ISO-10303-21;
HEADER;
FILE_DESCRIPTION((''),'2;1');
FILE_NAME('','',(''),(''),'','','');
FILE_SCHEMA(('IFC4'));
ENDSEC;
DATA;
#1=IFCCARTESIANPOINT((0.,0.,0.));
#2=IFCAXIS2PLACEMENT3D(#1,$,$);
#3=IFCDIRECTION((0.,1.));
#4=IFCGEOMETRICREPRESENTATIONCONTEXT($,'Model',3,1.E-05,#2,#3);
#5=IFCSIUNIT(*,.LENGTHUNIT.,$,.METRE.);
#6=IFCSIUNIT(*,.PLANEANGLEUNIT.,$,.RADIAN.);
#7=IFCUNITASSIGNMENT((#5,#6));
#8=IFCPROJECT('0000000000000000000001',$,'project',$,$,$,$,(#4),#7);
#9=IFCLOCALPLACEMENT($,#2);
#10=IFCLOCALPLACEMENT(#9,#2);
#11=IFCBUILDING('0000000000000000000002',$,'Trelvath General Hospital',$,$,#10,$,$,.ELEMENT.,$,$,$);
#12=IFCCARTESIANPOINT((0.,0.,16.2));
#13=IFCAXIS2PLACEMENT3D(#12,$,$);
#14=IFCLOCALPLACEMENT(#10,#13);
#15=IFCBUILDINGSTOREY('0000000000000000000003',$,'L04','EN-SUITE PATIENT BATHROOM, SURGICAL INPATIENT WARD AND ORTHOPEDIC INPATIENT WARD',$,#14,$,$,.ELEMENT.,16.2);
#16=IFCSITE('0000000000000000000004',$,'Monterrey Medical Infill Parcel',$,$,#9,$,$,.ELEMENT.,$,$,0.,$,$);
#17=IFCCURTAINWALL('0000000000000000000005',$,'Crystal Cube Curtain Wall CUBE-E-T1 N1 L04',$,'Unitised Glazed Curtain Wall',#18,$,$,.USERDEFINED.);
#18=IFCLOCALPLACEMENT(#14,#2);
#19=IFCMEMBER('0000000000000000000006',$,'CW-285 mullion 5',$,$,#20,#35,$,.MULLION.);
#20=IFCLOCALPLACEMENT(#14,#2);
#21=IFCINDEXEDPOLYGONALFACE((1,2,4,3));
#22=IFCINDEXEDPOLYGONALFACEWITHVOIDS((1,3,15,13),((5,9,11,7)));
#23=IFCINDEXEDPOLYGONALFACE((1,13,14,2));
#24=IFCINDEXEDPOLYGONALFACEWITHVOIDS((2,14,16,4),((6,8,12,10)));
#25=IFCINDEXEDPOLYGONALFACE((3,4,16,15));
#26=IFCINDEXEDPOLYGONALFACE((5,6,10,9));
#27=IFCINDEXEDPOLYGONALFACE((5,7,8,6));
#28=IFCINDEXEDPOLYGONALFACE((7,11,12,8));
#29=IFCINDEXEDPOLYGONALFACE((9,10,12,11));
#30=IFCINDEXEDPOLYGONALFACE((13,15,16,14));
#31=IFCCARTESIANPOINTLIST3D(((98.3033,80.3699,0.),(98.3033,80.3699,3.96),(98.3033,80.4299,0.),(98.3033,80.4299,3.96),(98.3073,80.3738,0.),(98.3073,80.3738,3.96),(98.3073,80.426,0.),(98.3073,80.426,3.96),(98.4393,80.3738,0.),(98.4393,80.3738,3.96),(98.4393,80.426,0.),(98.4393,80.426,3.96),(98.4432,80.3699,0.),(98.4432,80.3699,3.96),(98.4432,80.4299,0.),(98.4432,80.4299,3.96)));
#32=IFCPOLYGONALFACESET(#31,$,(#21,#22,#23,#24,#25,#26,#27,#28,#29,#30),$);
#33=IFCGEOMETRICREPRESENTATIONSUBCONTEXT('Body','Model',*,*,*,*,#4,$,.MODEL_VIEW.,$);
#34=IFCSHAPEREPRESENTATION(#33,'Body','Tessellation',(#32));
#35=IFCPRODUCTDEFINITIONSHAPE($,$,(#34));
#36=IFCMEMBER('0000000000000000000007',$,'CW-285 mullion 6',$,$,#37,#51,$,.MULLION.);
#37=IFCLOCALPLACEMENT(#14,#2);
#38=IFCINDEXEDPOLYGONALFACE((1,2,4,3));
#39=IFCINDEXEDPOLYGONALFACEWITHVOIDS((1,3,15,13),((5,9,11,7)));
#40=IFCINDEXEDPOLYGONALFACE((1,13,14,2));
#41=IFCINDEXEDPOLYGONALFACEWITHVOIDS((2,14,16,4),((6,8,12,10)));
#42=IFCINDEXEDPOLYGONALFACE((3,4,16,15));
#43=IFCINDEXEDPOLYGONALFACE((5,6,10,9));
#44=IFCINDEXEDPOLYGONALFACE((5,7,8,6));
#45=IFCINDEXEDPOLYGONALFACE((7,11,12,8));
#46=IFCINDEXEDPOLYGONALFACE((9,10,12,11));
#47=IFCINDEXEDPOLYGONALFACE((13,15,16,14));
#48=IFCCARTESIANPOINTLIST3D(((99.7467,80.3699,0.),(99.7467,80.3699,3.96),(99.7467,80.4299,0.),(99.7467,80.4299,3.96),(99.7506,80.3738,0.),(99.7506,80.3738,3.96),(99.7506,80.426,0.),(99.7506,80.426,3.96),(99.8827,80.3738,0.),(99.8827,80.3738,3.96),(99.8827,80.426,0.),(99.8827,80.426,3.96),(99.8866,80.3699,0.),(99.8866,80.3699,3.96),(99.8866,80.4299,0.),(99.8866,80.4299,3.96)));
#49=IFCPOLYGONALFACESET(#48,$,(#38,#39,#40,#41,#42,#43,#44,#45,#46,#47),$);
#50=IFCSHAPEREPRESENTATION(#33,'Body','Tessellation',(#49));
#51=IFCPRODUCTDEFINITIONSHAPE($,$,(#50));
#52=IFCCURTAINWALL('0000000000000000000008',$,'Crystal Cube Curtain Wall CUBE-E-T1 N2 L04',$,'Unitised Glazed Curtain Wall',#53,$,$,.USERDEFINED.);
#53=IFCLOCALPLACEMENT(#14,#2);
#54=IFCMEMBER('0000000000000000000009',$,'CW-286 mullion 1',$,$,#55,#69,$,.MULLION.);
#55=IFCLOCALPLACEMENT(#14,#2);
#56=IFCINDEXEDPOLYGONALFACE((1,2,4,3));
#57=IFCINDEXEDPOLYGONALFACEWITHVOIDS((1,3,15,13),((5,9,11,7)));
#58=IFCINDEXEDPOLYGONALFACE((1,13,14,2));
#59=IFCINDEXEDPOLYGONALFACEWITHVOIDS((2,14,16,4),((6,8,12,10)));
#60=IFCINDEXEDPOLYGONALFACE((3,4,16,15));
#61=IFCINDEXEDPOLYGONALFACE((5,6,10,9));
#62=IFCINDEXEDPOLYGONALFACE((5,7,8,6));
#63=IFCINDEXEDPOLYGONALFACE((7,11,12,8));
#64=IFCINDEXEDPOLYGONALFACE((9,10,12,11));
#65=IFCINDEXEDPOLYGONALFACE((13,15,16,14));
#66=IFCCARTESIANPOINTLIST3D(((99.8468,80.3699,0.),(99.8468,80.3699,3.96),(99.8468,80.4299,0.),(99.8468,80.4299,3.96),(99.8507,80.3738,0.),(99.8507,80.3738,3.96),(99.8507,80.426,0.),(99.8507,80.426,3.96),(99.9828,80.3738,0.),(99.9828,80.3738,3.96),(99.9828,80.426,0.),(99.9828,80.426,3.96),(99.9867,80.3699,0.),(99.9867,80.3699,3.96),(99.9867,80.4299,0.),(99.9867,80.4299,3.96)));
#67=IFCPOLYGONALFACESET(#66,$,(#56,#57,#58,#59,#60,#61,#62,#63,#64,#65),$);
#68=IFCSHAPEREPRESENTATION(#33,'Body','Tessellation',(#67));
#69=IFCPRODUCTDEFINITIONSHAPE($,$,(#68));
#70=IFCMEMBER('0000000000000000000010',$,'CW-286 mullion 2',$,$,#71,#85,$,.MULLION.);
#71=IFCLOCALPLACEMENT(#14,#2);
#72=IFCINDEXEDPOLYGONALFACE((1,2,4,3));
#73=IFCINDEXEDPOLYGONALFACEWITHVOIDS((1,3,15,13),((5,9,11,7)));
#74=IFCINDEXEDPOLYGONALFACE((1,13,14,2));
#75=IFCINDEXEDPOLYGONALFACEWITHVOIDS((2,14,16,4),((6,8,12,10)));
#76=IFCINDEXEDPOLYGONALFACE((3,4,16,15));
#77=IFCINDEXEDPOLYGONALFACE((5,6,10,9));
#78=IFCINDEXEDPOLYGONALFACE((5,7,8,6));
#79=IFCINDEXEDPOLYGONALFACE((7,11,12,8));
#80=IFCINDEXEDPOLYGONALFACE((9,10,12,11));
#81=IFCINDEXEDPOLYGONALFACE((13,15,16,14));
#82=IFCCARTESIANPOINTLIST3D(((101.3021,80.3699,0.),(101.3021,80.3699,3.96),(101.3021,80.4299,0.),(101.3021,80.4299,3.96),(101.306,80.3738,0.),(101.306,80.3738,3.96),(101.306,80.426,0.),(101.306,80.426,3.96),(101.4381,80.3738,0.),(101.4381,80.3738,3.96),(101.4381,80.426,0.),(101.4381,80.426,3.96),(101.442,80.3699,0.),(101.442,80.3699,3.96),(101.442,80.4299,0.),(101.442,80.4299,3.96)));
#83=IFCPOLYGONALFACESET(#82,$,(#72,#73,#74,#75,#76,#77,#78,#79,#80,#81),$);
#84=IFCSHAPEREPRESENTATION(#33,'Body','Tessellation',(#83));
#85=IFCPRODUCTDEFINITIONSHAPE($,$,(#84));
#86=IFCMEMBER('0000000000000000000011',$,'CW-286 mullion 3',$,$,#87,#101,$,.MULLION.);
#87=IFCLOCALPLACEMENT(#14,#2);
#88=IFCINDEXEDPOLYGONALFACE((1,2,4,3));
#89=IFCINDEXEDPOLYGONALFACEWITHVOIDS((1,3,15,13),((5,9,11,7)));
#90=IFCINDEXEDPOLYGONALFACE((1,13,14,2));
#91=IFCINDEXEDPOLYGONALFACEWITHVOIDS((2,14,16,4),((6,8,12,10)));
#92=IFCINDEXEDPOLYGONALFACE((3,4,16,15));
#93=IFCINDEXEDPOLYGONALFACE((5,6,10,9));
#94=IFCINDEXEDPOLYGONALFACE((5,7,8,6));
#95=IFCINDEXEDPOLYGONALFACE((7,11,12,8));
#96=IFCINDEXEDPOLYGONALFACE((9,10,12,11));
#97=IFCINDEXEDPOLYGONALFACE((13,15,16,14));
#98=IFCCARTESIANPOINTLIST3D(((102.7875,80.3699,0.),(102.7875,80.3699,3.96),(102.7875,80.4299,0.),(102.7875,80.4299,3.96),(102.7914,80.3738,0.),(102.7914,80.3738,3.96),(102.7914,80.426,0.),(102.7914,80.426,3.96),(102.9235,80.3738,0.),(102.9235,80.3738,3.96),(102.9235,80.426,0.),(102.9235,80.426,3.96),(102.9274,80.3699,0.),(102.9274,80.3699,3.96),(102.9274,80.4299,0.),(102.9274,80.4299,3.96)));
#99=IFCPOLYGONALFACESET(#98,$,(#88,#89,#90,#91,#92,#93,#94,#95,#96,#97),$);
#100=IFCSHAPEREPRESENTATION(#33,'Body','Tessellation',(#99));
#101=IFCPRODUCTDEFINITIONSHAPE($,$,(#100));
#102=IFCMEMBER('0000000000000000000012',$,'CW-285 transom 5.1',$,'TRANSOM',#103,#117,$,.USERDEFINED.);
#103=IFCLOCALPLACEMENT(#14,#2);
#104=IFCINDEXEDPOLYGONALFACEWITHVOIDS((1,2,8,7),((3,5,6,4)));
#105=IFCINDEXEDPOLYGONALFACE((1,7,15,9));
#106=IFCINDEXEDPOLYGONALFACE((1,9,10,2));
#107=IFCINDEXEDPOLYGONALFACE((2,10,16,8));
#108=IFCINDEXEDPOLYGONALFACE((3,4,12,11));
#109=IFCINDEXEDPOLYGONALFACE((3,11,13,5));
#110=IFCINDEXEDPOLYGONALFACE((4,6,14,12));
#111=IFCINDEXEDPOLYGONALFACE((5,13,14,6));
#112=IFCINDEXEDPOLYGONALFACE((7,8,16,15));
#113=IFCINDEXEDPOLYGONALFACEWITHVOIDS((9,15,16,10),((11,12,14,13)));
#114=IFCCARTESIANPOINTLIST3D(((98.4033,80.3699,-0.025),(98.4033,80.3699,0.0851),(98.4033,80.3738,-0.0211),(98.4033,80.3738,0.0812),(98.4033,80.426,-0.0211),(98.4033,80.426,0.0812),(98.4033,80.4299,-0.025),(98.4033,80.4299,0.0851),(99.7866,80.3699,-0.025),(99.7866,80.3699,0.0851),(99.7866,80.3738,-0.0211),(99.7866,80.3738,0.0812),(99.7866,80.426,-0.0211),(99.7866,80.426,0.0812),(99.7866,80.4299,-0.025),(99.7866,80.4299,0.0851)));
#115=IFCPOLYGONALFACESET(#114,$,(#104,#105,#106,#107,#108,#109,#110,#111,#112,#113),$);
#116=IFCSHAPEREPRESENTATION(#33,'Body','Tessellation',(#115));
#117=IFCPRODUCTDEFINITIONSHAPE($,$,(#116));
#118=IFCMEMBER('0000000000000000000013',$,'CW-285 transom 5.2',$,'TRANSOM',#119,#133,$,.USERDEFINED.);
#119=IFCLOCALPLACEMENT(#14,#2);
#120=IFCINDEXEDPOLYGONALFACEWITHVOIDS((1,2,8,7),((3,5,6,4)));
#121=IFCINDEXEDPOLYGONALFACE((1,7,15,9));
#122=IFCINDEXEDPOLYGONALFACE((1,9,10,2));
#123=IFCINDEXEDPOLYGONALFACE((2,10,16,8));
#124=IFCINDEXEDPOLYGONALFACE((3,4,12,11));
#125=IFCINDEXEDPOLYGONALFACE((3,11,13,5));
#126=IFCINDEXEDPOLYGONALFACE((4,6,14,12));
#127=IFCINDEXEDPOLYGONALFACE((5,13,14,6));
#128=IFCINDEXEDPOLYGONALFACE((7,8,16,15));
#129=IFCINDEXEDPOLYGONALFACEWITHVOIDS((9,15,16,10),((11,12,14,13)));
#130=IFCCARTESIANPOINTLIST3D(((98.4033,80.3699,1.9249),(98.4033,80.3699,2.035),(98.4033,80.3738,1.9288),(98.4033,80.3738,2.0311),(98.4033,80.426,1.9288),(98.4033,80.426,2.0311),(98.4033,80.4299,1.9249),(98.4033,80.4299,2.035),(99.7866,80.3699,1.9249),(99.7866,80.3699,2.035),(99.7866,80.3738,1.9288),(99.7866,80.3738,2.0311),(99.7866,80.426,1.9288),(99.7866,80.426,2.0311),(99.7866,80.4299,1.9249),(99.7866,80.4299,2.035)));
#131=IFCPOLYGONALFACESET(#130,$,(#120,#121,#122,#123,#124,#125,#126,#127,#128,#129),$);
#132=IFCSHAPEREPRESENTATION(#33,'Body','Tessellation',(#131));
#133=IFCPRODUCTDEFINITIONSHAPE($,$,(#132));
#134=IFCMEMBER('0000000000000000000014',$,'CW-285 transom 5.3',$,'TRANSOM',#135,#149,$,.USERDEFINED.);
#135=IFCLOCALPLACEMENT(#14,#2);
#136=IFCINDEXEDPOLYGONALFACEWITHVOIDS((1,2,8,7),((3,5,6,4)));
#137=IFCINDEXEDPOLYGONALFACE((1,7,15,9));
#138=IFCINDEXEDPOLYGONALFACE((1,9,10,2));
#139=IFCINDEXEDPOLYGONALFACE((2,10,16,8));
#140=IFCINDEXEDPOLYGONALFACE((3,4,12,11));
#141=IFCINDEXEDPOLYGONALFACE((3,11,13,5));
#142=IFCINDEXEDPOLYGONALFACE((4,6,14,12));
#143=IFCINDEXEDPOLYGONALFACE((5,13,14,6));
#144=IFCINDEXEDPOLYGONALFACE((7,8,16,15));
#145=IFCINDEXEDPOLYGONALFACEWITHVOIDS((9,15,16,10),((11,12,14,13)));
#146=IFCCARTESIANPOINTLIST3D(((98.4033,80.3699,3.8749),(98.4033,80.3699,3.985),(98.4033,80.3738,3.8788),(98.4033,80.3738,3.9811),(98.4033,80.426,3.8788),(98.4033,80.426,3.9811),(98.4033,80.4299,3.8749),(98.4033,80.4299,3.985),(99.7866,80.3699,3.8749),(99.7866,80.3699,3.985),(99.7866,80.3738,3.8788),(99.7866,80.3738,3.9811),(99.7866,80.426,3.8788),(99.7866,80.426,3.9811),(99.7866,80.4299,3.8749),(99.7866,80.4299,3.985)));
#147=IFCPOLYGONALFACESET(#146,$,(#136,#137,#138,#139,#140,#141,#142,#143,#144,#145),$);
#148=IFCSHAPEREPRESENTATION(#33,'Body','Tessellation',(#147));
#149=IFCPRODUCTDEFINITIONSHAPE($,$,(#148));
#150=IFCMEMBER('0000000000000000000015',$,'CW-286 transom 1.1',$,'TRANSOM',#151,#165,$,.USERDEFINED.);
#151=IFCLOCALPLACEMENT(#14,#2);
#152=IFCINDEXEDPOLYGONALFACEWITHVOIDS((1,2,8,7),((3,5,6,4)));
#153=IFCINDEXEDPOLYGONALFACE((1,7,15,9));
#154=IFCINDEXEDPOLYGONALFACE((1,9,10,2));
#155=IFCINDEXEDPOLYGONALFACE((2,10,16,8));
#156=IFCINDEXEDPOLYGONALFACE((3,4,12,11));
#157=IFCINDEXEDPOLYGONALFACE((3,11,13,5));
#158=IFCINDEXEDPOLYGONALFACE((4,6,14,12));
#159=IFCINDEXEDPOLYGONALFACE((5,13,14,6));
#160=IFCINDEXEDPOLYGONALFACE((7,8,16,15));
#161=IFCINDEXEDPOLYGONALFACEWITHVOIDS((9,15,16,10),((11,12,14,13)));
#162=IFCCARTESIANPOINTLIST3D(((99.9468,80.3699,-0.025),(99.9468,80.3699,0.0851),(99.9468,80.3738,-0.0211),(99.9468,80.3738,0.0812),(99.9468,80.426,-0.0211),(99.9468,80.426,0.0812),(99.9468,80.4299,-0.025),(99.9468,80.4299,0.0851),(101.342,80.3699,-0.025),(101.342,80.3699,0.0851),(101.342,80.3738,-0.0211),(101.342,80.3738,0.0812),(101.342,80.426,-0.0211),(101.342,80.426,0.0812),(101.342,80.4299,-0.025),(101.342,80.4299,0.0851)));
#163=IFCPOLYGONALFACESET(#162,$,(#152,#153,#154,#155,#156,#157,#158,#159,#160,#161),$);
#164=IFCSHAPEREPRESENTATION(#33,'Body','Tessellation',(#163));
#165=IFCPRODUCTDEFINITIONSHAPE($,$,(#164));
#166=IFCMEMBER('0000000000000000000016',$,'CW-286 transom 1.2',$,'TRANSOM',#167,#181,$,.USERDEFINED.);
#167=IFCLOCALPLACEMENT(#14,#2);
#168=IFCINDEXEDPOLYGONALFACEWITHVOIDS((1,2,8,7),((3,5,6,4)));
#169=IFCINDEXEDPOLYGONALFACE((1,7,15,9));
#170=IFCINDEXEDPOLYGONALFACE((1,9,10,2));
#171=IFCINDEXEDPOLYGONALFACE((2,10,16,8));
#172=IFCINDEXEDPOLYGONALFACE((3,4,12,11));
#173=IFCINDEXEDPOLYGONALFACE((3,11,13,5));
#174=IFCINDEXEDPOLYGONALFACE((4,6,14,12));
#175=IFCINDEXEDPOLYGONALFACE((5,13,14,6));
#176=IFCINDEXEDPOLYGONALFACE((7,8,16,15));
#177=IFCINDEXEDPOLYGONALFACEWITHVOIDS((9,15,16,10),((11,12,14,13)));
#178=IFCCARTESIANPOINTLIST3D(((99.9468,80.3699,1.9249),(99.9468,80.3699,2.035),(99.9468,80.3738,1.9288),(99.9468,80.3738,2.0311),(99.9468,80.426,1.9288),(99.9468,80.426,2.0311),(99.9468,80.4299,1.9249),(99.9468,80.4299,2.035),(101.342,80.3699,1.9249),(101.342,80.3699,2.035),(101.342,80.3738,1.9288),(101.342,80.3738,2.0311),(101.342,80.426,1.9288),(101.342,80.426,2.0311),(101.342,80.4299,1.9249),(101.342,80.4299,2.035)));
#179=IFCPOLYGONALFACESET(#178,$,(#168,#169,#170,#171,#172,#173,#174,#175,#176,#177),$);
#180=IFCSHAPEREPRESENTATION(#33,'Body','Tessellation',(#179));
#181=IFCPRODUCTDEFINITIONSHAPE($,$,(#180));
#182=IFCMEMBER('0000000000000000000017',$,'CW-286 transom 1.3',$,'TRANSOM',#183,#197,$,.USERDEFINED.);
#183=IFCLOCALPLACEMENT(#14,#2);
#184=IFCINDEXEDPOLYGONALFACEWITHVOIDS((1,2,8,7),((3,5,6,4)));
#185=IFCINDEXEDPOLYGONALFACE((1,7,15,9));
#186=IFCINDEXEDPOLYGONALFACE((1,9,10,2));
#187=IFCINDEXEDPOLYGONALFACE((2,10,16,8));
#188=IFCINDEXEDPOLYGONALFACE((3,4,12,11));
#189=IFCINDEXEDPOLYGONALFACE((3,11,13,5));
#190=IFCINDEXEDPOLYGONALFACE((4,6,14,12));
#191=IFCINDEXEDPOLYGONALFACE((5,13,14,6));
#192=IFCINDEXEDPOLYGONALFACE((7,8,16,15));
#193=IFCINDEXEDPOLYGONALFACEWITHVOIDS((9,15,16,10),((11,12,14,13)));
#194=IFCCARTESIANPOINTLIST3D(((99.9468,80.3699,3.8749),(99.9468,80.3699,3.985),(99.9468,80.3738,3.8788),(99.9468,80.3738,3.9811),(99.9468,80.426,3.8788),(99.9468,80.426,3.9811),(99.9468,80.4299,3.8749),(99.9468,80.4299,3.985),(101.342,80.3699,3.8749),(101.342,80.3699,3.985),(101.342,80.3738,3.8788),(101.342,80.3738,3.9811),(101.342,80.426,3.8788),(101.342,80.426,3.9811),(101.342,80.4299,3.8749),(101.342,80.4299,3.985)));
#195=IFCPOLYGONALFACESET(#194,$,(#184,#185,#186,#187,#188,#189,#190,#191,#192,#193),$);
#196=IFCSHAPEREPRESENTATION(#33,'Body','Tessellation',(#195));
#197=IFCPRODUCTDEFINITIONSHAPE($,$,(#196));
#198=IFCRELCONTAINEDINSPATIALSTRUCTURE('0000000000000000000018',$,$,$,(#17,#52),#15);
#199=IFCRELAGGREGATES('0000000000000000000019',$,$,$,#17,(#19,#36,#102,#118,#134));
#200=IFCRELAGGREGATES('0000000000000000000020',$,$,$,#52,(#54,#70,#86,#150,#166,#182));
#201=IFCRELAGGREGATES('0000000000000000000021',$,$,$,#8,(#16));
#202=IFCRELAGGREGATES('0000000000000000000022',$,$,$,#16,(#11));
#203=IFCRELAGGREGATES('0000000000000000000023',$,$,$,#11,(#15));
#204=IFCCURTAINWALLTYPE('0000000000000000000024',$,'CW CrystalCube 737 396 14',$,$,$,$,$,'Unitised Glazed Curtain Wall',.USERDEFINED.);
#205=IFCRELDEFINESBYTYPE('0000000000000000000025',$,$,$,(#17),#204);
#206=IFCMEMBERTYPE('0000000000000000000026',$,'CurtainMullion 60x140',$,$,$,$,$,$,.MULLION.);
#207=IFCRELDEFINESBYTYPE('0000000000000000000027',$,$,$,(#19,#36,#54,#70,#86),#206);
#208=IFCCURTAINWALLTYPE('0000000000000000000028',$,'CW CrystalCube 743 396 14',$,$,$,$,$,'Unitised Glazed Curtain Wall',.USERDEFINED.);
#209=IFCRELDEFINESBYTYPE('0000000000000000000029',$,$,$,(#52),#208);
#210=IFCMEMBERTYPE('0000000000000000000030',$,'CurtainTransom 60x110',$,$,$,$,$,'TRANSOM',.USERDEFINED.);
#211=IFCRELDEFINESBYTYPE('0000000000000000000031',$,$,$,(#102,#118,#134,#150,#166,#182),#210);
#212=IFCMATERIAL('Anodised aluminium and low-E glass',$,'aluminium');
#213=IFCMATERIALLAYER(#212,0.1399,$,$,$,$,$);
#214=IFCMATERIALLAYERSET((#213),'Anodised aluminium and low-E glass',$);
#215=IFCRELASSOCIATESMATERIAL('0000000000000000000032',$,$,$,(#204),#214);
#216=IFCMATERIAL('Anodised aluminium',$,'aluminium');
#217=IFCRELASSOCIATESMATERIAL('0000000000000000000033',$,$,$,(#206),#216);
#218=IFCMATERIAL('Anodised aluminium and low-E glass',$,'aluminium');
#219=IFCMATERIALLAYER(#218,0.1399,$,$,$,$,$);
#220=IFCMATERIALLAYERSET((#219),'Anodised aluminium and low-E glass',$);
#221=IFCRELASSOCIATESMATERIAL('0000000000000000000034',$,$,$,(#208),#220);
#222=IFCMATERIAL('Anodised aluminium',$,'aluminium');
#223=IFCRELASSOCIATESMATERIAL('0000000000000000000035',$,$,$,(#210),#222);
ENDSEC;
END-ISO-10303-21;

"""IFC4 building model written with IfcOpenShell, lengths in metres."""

from ifc_helpers import new_model, si_unit, direction, frame, origin, origin_2d, place, context, subcontext, project, spatial, hollow_rectangle, extrude, material, layer, layer_set, material_profile, profile_set, type_object, element, aggregate, save


model = new_model("IFC4")

# Units and contexts
model_context = context("Model", 3, precision=1e-05, world=origin(), true_north=direction((0.0, 1.0)))
body_context = subcontext(model_context, "Body", "Model", "MODEL_VIEW")
ifc_project = project(units=[si_unit("LENGTHUNIT", "METRE"), si_unit("PLANEANGLEUNIT", "RADIAN")], contexts=[model_context])

# Site, building, storey
site_placement = place(None, origin())
site = spatial("IfcSite", under=ifc_project, at=site_placement, Name="Monterrey Medical Infill Parcel", CompositionType="ELEMENT", RefElevation=0.0)
building_placement = place(site_placement, origin())
building = spatial("IfcBuilding", under=site, at=building_placement, Name="Trelvath General Hospital", CompositionType="ELEMENT")
storey_placement = place(building_placement, frame((0.0, 0.0, 16.2)))
storey = spatial("IfcBuildingStorey", under=building, at=storey_placement, Name="L04", Description="EN-SUITE PATIENT BATHROOM, SURGICAL INPATIENT WARD AND ORTHOPEDIC INPATIENT WARD", CompositionType="ELEMENT", Elevation=16.2)

# Curtain walls, members
ifc_material_1 = material(Name="Anodised aluminium and low-E glass", Category="aluminium")
ifc_layer_1 = layer(ifc_material_1, 0.1399)
ifc_layer_set_1 = layer_set([ifc_layer_1], Name="Anodised aluminium and low-E glass")
curtain_wall_type_1 = type_object("IfcCurtainWallType", Name="CW CrystalCube 737 396 14", ElementType="Unitised Glazed Curtain Wall", PredefinedType="USERDEFINED", material=ifc_layer_set_1)
curtain_wall_1_placement = place(storey_placement, origin())
curtain_wall_1 = element("IfcCurtainWall", 1, at=curtain_wall_1_placement, inside=storey, type_object=curtain_wall_type_1, Name="Crystal Cube Curtain Wall CUBE-E-T1 N1 L04", ObjectType="Unitised Glazed Curtain Wall", PredefinedType="USERDEFINED")
ifc_material_2 = material(Name="Anodised aluminium", Category="aluminium")
ifc_material_profile_1 = material_profile(ifc_material_2, hollow_rectangle(XDim=0.0601, YDim=0.1399, WallThickness=0.0039, at=origin_2d()), Name="RHS60x140x4")
ifc_profile_set_1 = profile_set([ifc_material_profile_1], Name="Anodised aluminium")
member_type_1 = type_object("IfcMemberType", Name="CurtainMullion 60x140", PredefinedType="MULLION", material=ifc_profile_set_1)
member_1_placement = place(storey_placement, frame((98.3733, 80.3999, 0.0), z_axis=(0.0, 0.0, 1.0), x_axis=(0.0, 1.0, 0.0)))
member_1 = element("IfcMember", 2, at=member_1_placement, type_object=member_type_1, Name="CW-285 mullion 5", PredefinedType="MULLION", context=body_context, shape_type="SweptSolid", body=[
    extrude(hollow_rectangle(XDim=0.0601, YDim=0.1399, WallThickness=0.0039, at=origin_2d()), origin(), (0.0, 0.0, 1.0), 3.96),
])
member_2_placement = place(storey_placement, frame((99.8167, 80.3999, 0.0), z_axis=(0.0, 0.0, 1.0), x_axis=(0.0, 1.0, 0.0)))
member_2 = element("IfcMember", 3, at=member_2_placement, type_object=member_type_1, Name="CW-285 mullion 6", PredefinedType="MULLION", context=body_context, shape_type="SweptSolid", body=[
    extrude(hollow_rectangle(XDim=0.0601, YDim=0.1399, WallThickness=0.0039, at=origin_2d()), origin(), (0.0, 0.0, 1.0), 3.96),
])
ifc_material_3 = material(Name="Anodised aluminium and low-E glass", Category="aluminium")
ifc_layer_2 = layer(ifc_material_3, 0.1399)
ifc_layer_set_2 = layer_set([ifc_layer_2], Name="Anodised aluminium and low-E glass")
curtain_wall_type_2 = type_object("IfcCurtainWallType", Name="CW CrystalCube 743 396 14", ElementType="Unitised Glazed Curtain Wall", PredefinedType="USERDEFINED", material=ifc_layer_set_2)
curtain_wall_2_placement = place(storey_placement, origin())
curtain_wall_2 = element("IfcCurtainWall", 4, at=curtain_wall_2_placement, inside=storey, type_object=curtain_wall_type_2, Name="Crystal Cube Curtain Wall CUBE-E-T1 N2 L04", ObjectType="Unitised Glazed Curtain Wall", PredefinedType="USERDEFINED")
member_3_placement = place(storey_placement, frame((99.9167, 80.3999, 0.0), z_axis=(0.0, 0.0, 1.0), x_axis=(0.0, 1.0, 0.0)))
member_3 = element("IfcMember", 5, at=member_3_placement, type_object=member_type_1, Name="CW-286 mullion 1", PredefinedType="MULLION", context=body_context, shape_type="SweptSolid", body=[
    extrude(hollow_rectangle(XDim=0.0601, YDim=0.1399, WallThickness=0.0039, at=origin_2d()), origin(), (0.0, 0.0, 1.0), 3.96),
])
member_4_placement = place(storey_placement, frame((101.3721, 80.3999, 0.0), z_axis=(0.0, 0.0, 1.0), x_axis=(0.0, 1.0, 0.0)))
member_4 = element("IfcMember", 6, at=member_4_placement, type_object=member_type_1, Name="CW-286 mullion 2", PredefinedType="MULLION", context=body_context, shape_type="SweptSolid", body=[
    extrude(hollow_rectangle(XDim=0.0601, YDim=0.1399, WallThickness=0.0039, at=origin_2d()), origin(), (0.0, 0.0, 1.0), 3.96),
])
member_5_placement = place(storey_placement, frame((102.8574, 80.3999, 0.0), z_axis=(0.0, 0.0, 1.0), x_axis=(0.0, 1.0, 0.0)))
member_5 = element("IfcMember", 7, at=member_5_placement, type_object=member_type_1, Name="CW-286 mullion 3", PredefinedType="MULLION", context=body_context, shape_type="SweptSolid", body=[
    extrude(hollow_rectangle(XDim=0.0601, YDim=0.1399, WallThickness=0.0039, at=origin_2d()), origin(), (0.0, 0.0, 1.0), 3.96),
])

# Members
ifc_material_4 = material(Name="Anodised aluminium", Category="aluminium")
ifc_material_profile_2 = material_profile(ifc_material_4, hollow_rectangle(XDim=0.0601, YDim=0.1101, WallThickness=0.0039, at=origin_2d()), Name="RHS60x110x4")
ifc_profile_set_2 = profile_set([ifc_material_profile_2], Name="Anodised aluminium")
member_type_2 = type_object("IfcMemberType", Name="CurtainTransom 60x110", ElementType="TRANSOM", PredefinedType="USERDEFINED", material=ifc_profile_set_2)
member_6_placement = place(storey_placement, frame((98.4033, 80.3999, 0.03), z_axis=(1.0, 0.0, 0.0), x_axis=(0.0, 1.0, 0.0)))
member_6 = element("IfcMember", 8, at=member_6_placement, type_object=member_type_2, Name="CW-285 transom 5.1", ObjectType="TRANSOM", PredefinedType="USERDEFINED", context=body_context, shape_type="SweptSolid", body=[
    extrude(hollow_rectangle(XDim=0.0601, YDim=0.1101, WallThickness=0.0039, at=origin_2d()), origin(), (0.0, 0.0, 1.0), 1.3833),
])
member_7_placement = place(storey_placement, frame((98.4033, 80.3999, 1.98), z_axis=(1.0, 0.0, 0.0), x_axis=(0.0, 1.0, 0.0)))
member_7 = element("IfcMember", 9, at=member_7_placement, type_object=member_type_2, Name="CW-285 transom 5.2", ObjectType="TRANSOM", PredefinedType="USERDEFINED", context=body_context, shape_type="SweptSolid", body=[
    extrude(hollow_rectangle(XDim=0.0601, YDim=0.1101, WallThickness=0.0039, at=origin_2d()), origin(), (0.0, 0.0, 1.0), 1.3833),
])
member_8_placement = place(storey_placement, frame((98.4033, 80.3999, 3.9299), z_axis=(1.0, 0.0, 0.0), x_axis=(0.0, 1.0, 0.0)))
member_8 = element("IfcMember", 10, at=member_8_placement, type_object=member_type_2, Name="CW-285 transom 5.3", ObjectType="TRANSOM", PredefinedType="USERDEFINED", context=body_context, shape_type="SweptSolid", body=[
    extrude(hollow_rectangle(XDim=0.0601, YDim=0.1101, WallThickness=0.0039, at=origin_2d()), origin(), (0.0, 0.0, 1.0), 1.3833),
])
member_9_placement = place(storey_placement, frame((99.9468, 80.3999, 0.03), z_axis=(1.0, 0.0, 0.0), x_axis=(0.0, 1.0, 0.0)))
member_9 = element("IfcMember", 11, at=member_9_placement, type_object=member_type_2, Name="CW-286 transom 1.1", ObjectType="TRANSOM", PredefinedType="USERDEFINED", context=body_context, shape_type="SweptSolid", body=[
    extrude(hollow_rectangle(XDim=0.0601, YDim=0.1101, WallThickness=0.0039, at=origin_2d()), origin(), (0.0, 0.0, 1.0), 1.3953),
])
member_10_placement = place(storey_placement, frame((99.9468, 80.3999, 1.98), z_axis=(1.0, 0.0, 0.0), x_axis=(0.0, 1.0, 0.0)))
member_10 = element("IfcMember", 12, at=member_10_placement, type_object=member_type_2, Name="CW-286 transom 1.2", ObjectType="TRANSOM", PredefinedType="USERDEFINED", context=body_context, shape_type="SweptSolid", body=[
    extrude(hollow_rectangle(XDim=0.0601, YDim=0.1101, WallThickness=0.0039, at=origin_2d()), origin(), (0.0, 0.0, 1.0), 1.3953),
])
member_11_placement = place(storey_placement, frame((99.9468, 80.3999, 3.9299), z_axis=(1.0, 0.0, 0.0), x_axis=(0.0, 1.0, 0.0)))
member_11 = element("IfcMember", 13, at=member_11_placement, type_object=member_type_2, Name="CW-286 transom 1.3", ObjectType="TRANSOM", PredefinedType="USERDEFINED", context=body_context, shape_type="SweptSolid", body=[
    extrude(hollow_rectangle(XDim=0.0601, YDim=0.1101, WallThickness=0.0039, at=origin_2d()), origin(), (0.0, 0.0, 1.0), 1.3953),
])

aggregate(curtain_wall_1, [member_1, member_2, member_6, member_7, member_8])
aggregate(curtain_wall_2, [member_3, member_4, member_5, member_9, member_10, member_11])

save(model, "model.ifc")
